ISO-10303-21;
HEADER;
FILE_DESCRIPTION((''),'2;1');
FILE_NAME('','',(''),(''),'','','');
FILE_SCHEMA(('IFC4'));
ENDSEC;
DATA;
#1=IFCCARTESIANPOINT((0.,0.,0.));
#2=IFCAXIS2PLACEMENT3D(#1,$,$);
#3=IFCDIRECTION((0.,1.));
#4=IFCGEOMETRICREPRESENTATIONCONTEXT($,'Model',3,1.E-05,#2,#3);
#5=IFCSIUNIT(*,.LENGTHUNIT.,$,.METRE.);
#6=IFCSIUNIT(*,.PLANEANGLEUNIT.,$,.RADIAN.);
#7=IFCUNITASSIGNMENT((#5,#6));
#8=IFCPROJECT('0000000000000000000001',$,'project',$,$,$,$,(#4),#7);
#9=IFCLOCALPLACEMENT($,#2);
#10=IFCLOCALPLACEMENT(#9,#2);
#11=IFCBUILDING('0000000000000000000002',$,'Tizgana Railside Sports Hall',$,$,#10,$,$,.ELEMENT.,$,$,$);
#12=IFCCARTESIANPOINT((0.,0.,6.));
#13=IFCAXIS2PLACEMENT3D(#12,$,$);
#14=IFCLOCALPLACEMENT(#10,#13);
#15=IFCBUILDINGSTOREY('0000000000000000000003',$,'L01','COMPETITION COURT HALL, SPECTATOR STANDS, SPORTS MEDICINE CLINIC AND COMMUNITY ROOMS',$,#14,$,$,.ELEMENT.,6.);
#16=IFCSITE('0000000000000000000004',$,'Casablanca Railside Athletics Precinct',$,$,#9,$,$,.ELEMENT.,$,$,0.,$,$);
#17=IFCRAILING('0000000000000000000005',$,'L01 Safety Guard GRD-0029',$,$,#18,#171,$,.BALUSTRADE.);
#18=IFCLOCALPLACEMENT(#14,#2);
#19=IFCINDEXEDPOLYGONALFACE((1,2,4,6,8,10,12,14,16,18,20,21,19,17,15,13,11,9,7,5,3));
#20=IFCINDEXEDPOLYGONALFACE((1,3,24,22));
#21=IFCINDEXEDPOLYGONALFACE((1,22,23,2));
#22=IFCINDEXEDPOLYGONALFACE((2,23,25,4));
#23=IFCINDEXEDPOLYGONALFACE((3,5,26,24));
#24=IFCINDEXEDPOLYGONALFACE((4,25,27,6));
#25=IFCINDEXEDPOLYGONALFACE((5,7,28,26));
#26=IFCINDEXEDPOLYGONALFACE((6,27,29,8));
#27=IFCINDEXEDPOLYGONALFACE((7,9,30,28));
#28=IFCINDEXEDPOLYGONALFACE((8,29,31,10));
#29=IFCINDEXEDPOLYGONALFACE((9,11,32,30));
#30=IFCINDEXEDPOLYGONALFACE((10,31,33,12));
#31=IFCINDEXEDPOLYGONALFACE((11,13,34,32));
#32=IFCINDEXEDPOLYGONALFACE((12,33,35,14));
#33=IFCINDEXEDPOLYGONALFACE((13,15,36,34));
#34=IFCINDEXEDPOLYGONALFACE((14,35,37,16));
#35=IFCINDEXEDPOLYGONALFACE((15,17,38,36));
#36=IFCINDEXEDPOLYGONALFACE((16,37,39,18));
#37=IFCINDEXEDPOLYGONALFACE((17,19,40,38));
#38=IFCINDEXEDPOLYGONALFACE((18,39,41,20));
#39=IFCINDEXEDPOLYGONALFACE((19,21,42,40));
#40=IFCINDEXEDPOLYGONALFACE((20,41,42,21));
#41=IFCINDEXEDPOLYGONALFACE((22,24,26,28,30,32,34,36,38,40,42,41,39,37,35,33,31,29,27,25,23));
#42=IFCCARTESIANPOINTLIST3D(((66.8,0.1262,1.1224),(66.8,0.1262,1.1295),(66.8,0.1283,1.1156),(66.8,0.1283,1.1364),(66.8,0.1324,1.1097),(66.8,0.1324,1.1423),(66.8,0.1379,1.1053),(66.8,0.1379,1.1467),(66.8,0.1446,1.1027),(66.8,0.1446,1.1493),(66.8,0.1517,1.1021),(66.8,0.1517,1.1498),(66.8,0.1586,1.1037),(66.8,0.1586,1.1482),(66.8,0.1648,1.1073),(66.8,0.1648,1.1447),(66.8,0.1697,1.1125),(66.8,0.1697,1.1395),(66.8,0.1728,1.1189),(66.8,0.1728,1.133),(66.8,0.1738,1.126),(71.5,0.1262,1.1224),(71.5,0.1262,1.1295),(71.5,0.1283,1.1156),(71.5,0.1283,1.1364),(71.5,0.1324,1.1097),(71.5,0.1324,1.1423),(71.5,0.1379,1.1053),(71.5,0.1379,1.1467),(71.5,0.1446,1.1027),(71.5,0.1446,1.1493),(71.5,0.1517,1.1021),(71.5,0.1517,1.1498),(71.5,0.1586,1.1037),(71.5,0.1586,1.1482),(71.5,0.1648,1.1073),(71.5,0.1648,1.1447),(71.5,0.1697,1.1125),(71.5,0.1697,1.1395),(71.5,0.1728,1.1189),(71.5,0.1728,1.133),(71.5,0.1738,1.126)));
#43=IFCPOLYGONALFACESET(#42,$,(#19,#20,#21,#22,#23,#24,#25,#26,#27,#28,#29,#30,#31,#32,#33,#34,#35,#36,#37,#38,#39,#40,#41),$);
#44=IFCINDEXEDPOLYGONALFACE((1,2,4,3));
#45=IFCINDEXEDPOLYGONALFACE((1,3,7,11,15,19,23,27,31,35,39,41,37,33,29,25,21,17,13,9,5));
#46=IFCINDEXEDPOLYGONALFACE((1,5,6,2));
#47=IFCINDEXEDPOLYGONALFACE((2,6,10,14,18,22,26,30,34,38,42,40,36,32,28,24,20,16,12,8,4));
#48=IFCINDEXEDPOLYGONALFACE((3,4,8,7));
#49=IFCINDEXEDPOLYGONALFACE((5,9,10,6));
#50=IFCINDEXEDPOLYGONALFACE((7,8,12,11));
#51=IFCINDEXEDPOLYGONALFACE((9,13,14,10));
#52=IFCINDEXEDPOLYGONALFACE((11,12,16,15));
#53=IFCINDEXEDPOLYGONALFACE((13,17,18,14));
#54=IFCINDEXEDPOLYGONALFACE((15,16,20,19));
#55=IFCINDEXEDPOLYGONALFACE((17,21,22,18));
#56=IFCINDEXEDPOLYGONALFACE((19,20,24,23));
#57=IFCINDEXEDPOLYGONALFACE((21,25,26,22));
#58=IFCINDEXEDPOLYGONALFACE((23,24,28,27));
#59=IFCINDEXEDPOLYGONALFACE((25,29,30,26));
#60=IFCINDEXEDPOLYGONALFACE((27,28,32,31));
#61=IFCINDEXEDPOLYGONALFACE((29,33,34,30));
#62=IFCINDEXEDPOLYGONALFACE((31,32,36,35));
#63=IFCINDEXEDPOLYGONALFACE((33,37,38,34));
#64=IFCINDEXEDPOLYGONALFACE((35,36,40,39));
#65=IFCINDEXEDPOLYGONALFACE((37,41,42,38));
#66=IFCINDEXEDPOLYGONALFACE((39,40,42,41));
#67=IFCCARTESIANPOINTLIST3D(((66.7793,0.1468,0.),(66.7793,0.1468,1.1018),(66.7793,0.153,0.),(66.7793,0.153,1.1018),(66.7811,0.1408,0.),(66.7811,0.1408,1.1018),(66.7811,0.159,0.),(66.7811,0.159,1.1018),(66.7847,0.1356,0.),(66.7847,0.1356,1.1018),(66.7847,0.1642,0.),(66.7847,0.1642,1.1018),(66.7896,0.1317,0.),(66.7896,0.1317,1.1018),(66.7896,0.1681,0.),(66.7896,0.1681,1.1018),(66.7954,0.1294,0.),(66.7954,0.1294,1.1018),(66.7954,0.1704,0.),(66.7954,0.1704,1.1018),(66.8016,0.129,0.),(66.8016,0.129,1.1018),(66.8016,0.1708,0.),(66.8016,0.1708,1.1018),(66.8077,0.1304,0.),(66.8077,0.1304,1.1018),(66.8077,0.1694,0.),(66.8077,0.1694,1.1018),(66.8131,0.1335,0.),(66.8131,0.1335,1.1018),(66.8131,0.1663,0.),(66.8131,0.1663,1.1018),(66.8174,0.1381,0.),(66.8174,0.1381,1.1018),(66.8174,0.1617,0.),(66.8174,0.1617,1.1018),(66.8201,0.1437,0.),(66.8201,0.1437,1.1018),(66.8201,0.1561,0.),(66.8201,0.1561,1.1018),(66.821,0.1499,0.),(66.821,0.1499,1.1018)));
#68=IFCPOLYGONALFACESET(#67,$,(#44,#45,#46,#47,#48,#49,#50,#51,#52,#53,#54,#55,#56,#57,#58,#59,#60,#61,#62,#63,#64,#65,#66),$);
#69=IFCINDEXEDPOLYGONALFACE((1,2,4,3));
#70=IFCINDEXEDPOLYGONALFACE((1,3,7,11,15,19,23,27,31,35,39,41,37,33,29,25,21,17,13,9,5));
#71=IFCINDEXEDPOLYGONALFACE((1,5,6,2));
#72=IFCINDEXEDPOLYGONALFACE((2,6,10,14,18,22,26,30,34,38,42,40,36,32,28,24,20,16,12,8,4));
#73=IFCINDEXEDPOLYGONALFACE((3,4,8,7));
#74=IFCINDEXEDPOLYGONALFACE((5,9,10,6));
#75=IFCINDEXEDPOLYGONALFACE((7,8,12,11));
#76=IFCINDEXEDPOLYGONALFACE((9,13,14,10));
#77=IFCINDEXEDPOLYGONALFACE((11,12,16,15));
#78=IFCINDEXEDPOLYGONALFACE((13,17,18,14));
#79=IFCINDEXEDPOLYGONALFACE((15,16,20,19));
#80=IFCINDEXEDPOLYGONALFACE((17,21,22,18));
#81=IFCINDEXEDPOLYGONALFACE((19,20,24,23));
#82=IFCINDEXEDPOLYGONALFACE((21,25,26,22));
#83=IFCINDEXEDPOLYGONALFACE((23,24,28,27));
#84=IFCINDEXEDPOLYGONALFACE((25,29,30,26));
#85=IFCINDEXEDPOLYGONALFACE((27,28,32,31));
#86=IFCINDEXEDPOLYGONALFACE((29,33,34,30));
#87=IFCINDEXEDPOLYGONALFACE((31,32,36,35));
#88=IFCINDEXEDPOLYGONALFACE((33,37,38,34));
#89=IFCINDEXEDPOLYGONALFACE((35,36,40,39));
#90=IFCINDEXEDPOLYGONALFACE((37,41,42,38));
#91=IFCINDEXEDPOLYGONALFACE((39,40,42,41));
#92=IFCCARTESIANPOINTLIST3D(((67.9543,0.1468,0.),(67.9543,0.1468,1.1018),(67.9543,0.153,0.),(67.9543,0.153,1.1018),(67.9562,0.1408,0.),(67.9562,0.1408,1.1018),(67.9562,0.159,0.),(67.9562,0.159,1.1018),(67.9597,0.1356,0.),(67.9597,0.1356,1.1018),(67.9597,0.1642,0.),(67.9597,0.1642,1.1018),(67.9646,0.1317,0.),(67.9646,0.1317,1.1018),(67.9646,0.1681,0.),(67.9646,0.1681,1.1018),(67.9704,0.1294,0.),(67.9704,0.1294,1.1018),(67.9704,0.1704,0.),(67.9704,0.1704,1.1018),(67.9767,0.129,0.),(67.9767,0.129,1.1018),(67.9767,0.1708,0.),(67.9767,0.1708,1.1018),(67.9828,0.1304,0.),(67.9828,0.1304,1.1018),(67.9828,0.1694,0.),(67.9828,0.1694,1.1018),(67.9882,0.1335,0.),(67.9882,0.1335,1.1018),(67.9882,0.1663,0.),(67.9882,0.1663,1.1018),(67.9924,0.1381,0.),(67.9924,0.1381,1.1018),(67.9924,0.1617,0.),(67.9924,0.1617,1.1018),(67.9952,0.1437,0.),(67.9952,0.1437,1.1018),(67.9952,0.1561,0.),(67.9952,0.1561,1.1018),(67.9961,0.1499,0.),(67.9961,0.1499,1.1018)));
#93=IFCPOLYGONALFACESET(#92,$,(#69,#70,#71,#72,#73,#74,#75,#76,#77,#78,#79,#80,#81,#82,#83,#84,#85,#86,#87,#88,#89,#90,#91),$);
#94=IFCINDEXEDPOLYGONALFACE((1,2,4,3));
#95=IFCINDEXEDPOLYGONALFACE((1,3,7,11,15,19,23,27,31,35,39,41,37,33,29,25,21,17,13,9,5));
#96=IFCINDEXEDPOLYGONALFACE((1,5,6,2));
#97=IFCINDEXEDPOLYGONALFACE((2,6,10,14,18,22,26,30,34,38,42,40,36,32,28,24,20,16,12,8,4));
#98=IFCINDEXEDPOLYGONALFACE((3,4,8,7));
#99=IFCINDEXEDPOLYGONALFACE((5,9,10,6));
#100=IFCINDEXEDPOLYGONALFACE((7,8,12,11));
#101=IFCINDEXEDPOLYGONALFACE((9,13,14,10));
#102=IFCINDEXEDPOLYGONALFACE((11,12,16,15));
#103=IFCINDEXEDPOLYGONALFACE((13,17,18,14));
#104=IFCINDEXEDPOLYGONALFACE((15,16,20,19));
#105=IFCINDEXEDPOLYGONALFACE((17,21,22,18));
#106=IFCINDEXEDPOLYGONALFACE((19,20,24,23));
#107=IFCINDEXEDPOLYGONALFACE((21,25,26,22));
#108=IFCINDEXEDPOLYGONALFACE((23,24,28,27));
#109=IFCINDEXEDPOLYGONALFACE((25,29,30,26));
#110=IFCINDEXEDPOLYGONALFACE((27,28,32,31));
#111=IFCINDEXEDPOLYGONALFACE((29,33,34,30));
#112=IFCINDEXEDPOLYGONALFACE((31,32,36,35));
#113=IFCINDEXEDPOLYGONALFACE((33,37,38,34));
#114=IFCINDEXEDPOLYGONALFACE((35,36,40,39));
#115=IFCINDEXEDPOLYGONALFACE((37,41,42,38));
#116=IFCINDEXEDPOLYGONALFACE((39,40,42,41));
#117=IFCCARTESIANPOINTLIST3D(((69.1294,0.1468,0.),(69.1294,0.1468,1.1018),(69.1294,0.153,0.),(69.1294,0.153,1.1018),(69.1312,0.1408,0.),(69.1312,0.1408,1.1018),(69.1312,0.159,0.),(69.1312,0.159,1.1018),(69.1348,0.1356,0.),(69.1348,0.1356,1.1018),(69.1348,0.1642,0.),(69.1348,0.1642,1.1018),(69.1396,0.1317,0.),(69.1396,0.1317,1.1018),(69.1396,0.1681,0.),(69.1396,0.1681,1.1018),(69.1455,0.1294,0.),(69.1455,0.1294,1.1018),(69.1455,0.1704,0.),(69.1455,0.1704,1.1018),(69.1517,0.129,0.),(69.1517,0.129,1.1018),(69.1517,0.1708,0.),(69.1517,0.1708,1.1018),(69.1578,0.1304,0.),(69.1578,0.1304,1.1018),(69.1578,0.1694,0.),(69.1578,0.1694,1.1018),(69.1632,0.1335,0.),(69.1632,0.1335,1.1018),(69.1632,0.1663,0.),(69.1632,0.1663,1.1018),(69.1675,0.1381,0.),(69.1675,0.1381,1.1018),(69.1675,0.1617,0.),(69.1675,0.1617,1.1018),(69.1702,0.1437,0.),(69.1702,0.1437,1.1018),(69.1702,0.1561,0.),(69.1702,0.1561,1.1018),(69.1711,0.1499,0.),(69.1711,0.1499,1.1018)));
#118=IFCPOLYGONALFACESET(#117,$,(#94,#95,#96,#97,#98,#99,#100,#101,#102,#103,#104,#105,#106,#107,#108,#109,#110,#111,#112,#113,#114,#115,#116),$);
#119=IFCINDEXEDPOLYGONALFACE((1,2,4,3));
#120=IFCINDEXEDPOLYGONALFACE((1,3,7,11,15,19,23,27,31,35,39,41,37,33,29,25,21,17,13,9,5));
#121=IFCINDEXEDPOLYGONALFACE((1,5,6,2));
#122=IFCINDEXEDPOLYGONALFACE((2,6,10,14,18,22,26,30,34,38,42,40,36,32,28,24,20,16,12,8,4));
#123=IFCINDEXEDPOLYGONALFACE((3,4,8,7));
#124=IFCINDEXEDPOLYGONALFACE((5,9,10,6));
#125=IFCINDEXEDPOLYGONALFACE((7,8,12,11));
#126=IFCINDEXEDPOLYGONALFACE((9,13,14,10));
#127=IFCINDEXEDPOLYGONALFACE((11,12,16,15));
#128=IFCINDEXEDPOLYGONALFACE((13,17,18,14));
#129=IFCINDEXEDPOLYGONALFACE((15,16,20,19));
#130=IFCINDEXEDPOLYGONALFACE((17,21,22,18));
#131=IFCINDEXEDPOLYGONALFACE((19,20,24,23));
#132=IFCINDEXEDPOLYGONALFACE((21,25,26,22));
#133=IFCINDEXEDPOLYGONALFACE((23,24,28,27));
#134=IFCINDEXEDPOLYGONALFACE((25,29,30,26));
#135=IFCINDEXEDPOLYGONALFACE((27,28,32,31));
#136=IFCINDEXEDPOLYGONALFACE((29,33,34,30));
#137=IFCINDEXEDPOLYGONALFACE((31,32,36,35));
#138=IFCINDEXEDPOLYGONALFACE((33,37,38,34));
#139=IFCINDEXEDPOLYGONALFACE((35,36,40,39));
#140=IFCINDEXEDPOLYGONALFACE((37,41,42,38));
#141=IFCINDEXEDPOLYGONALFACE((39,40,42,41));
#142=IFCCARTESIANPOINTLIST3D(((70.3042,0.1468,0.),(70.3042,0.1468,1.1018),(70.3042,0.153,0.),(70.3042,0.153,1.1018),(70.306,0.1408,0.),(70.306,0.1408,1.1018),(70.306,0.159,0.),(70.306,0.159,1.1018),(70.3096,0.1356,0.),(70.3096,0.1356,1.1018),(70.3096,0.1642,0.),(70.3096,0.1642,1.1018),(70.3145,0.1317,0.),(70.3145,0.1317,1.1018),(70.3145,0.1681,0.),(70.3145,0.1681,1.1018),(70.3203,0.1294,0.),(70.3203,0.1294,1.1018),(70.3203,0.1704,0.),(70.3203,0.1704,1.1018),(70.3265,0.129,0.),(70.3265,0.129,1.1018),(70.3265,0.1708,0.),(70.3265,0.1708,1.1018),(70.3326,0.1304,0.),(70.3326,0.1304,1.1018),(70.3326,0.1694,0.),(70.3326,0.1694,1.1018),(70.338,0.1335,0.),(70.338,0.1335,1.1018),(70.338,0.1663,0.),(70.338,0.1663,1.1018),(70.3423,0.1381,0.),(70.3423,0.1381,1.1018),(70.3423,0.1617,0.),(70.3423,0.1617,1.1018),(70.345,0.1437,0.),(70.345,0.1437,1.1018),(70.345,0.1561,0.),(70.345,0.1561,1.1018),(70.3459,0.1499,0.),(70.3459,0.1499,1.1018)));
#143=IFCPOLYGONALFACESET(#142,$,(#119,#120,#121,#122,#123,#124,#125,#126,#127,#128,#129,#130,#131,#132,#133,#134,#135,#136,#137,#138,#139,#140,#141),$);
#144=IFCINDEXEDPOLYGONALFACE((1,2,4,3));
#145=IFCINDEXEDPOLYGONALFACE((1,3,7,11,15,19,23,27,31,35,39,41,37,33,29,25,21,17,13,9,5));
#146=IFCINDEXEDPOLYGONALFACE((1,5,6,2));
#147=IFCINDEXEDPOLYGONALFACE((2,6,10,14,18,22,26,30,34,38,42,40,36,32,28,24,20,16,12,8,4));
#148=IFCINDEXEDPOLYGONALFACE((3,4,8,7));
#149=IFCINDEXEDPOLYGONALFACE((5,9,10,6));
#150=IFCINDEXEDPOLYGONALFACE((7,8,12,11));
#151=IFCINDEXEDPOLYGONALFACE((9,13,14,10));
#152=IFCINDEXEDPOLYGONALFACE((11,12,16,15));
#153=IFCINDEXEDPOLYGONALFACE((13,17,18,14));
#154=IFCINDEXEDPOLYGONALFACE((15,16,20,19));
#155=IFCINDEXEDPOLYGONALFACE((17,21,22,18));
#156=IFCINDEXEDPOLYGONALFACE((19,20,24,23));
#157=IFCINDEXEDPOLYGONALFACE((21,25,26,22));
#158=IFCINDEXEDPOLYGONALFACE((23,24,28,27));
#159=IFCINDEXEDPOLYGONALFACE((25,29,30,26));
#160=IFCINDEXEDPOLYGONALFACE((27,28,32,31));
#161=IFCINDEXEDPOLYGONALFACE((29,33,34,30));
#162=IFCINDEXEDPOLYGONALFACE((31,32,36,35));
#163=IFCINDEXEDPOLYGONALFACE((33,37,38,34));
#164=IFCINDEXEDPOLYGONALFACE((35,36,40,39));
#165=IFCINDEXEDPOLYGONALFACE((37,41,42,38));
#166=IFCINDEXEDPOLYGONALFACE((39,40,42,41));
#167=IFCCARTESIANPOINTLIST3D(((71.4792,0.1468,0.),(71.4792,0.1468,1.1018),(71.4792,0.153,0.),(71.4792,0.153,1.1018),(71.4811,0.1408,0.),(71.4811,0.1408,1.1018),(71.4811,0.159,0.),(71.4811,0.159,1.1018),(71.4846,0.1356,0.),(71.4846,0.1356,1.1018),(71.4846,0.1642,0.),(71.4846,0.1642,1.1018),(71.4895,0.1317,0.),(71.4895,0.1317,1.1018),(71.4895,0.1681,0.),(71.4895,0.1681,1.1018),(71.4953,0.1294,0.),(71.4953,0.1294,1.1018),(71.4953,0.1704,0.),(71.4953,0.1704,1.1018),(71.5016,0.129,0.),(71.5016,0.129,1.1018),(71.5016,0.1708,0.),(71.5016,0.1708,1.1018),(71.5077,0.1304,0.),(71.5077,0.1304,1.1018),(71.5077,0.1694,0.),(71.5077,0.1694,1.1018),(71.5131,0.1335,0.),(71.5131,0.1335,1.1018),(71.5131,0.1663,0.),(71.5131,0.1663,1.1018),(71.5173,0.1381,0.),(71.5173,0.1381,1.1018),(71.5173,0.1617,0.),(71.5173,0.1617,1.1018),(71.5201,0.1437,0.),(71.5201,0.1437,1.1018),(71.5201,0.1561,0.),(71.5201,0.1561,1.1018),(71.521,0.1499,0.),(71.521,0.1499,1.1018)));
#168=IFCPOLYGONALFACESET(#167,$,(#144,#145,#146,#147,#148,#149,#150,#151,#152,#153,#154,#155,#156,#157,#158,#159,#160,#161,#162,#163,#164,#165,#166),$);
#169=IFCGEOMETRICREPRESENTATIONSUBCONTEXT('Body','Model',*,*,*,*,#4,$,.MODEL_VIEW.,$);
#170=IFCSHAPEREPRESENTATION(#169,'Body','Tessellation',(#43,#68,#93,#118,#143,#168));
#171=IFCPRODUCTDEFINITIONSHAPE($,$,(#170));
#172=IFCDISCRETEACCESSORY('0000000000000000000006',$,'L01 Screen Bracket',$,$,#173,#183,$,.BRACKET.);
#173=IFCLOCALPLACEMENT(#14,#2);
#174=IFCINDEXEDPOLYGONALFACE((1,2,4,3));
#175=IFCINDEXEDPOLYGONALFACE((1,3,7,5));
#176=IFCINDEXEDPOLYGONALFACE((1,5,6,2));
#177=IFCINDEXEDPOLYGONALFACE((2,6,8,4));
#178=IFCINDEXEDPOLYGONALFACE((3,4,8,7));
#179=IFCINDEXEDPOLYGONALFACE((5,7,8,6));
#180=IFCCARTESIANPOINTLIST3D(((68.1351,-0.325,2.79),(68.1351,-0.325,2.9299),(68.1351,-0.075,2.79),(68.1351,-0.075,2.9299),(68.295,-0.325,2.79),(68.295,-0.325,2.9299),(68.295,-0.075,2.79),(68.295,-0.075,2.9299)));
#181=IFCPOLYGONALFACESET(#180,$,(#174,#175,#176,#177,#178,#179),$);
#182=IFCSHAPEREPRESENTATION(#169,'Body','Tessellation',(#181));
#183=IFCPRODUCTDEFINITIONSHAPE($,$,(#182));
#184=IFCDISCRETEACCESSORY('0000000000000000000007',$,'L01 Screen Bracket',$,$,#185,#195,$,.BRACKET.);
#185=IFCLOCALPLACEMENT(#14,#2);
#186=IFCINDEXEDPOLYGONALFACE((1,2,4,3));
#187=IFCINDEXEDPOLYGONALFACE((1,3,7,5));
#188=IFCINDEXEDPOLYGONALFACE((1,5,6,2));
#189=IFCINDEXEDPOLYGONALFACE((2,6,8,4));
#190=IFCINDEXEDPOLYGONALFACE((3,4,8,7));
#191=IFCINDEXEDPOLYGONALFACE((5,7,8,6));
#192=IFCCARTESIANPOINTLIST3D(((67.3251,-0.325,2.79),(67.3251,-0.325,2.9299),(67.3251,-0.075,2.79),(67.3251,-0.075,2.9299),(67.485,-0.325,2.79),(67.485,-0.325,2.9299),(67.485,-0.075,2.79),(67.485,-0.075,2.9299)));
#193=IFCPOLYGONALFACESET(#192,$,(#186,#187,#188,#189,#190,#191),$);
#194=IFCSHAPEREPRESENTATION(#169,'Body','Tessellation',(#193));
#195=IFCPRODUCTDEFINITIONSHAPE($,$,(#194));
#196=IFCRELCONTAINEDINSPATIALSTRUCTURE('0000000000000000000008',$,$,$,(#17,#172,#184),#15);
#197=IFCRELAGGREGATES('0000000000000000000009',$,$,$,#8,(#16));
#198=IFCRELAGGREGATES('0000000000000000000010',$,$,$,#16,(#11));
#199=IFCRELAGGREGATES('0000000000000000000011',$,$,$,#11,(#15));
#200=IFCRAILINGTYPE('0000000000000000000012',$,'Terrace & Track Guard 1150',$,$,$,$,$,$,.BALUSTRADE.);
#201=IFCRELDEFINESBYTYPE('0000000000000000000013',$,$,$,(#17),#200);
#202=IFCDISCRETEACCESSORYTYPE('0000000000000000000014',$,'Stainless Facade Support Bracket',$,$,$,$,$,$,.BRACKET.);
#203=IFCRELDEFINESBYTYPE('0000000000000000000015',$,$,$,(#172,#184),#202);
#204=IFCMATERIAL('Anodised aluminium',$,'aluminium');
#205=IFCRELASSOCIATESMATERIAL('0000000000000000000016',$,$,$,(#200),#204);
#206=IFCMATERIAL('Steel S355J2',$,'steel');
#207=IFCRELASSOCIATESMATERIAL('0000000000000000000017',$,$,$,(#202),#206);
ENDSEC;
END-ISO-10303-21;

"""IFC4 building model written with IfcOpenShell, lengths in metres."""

from ifc_helpers import new_model, si_unit, direction, frame, origin, origin_2d, place, context, subcontext, project, spatial, rectangle, circle, extrude, material, type_object, element, save


model = new_model("IFC4")

# Units and contexts
model_context = context("Model", 3, precision=1e-05, world=origin(), true_north=direction((0.0, 1.0)))
body_context = subcontext(model_context, "Body", "Model", "MODEL_VIEW")
ifc_project = project(units=[si_unit("LENGTHUNIT", "METRE"), si_unit("PLANEANGLEUNIT", "RADIAN")], contexts=[model_context])

# Site, building, storey
site_placement = place(None, origin())
site = spatial("IfcSite", under=ifc_project, at=site_placement, Name="Casablanca Railside Athletics Precinct", CompositionType="ELEMENT", RefElevation=0.0)
building_placement = place(site_placement, origin())
building = spatial("IfcBuilding", under=site, at=building_placement, Name="Tizgana Railside Sports Hall", CompositionType="ELEMENT")
storey_placement = place(building_placement, frame((0.0, 0.0, 6.0)))
storey = spatial("IfcBuildingStorey", under=building, at=storey_placement, Name="L01", Description="COMPETITION COURT HALL, SPECTATOR STANDS, SPORTS MEDICINE CLINIC AND COMMUNITY ROOMS", CompositionType="ELEMENT", Elevation=6.0)

# Shared definitions
ifc_material_1 = material(Name="Steel S355J2", Category="steel")

# Railing
ifc_material_2 = material(Name="Anodised aluminium", Category="aluminium")
railing_type_1 = type_object("IfcRailingType", Name="Terrace & Track Guard 1150", PredefinedType="BALUSTRADE", material=ifc_material_2)
railing_1_placement = place(storey_placement, frame((66.8, 0.1499, 0.0)))
element("IfcRailing", 1, at=railing_1_placement, inside=storey, type_object=railing_type_1, Name="L01 Safety Guard GRD-0029", PredefinedType="BALUSTRADE", context=body_context, shape_type="SweptSolid", body=[
    extrude(circle(Radius=0.0239, at=origin_2d()), frame((0.0, 0.0, 1.126), z_axis=(1.0, 0.0, 0.0), x_axis=(0.0, 1.0, 0.0)), (0.0, 0.0, 1.0), 4.7),
    extrude(circle(Radius=0.021, at=origin_2d()), origin(), (0.0, 0.0, 1.0), 1.1018),
    extrude(circle(Radius=0.021, at=origin_2d()), frame((1.175, 0.0, 0.0)), (0.0, 0.0, 1.0), 1.1018),
    extrude(circle(Radius=0.021, at=origin_2d()), frame((2.3501, 0.0, 0.0)), (0.0, 0.0, 1.0), 1.1018),
    extrude(circle(Radius=0.021, at=origin_2d()), frame((3.5249, 0.0, 0.0)), (0.0, 0.0, 1.0), 1.1018),
    extrude(circle(Radius=0.021, at=origin_2d()), frame((4.7, 0.0, 0.0)), (0.0, 0.0, 1.0), 1.1018),
])

# Discrete accessories
discrete_accessory_type = type_object("IfcDiscreteAccessoryType", Name="Stainless Facade Support Bracket", PredefinedType="BRACKET", material=ifc_material_1)
for number, where, z_axis, x_axis, name in (
    (2, (68.2151, -0.2, 2.79), (0.0, 0.0, 1.0), (-1.0, 0.0, 0.0), "L01 Screen Bracket"),
    (3, (67.405, -0.2, 2.79), (0.0, 0.0, 1.0), (-1.0, 0.0, 0.0), "L01 Screen Bracket"),
):
    element("IfcDiscreteAccessory", number, at=place(storey_placement, frame(where, z_axis=z_axis, x_axis=x_axis)), inside=storey, type_object=discrete_accessory_type, Name=name, PredefinedType="BRACKET", context=body_context, shape_type="SweptSolid", body=[
        extrude(rectangle(XDim=0.1599, YDim=0.25, at=origin_2d()), origin(), (0.0, 0.0, 1.0), 0.1399),
    ])

save(model, "model.ifc")
